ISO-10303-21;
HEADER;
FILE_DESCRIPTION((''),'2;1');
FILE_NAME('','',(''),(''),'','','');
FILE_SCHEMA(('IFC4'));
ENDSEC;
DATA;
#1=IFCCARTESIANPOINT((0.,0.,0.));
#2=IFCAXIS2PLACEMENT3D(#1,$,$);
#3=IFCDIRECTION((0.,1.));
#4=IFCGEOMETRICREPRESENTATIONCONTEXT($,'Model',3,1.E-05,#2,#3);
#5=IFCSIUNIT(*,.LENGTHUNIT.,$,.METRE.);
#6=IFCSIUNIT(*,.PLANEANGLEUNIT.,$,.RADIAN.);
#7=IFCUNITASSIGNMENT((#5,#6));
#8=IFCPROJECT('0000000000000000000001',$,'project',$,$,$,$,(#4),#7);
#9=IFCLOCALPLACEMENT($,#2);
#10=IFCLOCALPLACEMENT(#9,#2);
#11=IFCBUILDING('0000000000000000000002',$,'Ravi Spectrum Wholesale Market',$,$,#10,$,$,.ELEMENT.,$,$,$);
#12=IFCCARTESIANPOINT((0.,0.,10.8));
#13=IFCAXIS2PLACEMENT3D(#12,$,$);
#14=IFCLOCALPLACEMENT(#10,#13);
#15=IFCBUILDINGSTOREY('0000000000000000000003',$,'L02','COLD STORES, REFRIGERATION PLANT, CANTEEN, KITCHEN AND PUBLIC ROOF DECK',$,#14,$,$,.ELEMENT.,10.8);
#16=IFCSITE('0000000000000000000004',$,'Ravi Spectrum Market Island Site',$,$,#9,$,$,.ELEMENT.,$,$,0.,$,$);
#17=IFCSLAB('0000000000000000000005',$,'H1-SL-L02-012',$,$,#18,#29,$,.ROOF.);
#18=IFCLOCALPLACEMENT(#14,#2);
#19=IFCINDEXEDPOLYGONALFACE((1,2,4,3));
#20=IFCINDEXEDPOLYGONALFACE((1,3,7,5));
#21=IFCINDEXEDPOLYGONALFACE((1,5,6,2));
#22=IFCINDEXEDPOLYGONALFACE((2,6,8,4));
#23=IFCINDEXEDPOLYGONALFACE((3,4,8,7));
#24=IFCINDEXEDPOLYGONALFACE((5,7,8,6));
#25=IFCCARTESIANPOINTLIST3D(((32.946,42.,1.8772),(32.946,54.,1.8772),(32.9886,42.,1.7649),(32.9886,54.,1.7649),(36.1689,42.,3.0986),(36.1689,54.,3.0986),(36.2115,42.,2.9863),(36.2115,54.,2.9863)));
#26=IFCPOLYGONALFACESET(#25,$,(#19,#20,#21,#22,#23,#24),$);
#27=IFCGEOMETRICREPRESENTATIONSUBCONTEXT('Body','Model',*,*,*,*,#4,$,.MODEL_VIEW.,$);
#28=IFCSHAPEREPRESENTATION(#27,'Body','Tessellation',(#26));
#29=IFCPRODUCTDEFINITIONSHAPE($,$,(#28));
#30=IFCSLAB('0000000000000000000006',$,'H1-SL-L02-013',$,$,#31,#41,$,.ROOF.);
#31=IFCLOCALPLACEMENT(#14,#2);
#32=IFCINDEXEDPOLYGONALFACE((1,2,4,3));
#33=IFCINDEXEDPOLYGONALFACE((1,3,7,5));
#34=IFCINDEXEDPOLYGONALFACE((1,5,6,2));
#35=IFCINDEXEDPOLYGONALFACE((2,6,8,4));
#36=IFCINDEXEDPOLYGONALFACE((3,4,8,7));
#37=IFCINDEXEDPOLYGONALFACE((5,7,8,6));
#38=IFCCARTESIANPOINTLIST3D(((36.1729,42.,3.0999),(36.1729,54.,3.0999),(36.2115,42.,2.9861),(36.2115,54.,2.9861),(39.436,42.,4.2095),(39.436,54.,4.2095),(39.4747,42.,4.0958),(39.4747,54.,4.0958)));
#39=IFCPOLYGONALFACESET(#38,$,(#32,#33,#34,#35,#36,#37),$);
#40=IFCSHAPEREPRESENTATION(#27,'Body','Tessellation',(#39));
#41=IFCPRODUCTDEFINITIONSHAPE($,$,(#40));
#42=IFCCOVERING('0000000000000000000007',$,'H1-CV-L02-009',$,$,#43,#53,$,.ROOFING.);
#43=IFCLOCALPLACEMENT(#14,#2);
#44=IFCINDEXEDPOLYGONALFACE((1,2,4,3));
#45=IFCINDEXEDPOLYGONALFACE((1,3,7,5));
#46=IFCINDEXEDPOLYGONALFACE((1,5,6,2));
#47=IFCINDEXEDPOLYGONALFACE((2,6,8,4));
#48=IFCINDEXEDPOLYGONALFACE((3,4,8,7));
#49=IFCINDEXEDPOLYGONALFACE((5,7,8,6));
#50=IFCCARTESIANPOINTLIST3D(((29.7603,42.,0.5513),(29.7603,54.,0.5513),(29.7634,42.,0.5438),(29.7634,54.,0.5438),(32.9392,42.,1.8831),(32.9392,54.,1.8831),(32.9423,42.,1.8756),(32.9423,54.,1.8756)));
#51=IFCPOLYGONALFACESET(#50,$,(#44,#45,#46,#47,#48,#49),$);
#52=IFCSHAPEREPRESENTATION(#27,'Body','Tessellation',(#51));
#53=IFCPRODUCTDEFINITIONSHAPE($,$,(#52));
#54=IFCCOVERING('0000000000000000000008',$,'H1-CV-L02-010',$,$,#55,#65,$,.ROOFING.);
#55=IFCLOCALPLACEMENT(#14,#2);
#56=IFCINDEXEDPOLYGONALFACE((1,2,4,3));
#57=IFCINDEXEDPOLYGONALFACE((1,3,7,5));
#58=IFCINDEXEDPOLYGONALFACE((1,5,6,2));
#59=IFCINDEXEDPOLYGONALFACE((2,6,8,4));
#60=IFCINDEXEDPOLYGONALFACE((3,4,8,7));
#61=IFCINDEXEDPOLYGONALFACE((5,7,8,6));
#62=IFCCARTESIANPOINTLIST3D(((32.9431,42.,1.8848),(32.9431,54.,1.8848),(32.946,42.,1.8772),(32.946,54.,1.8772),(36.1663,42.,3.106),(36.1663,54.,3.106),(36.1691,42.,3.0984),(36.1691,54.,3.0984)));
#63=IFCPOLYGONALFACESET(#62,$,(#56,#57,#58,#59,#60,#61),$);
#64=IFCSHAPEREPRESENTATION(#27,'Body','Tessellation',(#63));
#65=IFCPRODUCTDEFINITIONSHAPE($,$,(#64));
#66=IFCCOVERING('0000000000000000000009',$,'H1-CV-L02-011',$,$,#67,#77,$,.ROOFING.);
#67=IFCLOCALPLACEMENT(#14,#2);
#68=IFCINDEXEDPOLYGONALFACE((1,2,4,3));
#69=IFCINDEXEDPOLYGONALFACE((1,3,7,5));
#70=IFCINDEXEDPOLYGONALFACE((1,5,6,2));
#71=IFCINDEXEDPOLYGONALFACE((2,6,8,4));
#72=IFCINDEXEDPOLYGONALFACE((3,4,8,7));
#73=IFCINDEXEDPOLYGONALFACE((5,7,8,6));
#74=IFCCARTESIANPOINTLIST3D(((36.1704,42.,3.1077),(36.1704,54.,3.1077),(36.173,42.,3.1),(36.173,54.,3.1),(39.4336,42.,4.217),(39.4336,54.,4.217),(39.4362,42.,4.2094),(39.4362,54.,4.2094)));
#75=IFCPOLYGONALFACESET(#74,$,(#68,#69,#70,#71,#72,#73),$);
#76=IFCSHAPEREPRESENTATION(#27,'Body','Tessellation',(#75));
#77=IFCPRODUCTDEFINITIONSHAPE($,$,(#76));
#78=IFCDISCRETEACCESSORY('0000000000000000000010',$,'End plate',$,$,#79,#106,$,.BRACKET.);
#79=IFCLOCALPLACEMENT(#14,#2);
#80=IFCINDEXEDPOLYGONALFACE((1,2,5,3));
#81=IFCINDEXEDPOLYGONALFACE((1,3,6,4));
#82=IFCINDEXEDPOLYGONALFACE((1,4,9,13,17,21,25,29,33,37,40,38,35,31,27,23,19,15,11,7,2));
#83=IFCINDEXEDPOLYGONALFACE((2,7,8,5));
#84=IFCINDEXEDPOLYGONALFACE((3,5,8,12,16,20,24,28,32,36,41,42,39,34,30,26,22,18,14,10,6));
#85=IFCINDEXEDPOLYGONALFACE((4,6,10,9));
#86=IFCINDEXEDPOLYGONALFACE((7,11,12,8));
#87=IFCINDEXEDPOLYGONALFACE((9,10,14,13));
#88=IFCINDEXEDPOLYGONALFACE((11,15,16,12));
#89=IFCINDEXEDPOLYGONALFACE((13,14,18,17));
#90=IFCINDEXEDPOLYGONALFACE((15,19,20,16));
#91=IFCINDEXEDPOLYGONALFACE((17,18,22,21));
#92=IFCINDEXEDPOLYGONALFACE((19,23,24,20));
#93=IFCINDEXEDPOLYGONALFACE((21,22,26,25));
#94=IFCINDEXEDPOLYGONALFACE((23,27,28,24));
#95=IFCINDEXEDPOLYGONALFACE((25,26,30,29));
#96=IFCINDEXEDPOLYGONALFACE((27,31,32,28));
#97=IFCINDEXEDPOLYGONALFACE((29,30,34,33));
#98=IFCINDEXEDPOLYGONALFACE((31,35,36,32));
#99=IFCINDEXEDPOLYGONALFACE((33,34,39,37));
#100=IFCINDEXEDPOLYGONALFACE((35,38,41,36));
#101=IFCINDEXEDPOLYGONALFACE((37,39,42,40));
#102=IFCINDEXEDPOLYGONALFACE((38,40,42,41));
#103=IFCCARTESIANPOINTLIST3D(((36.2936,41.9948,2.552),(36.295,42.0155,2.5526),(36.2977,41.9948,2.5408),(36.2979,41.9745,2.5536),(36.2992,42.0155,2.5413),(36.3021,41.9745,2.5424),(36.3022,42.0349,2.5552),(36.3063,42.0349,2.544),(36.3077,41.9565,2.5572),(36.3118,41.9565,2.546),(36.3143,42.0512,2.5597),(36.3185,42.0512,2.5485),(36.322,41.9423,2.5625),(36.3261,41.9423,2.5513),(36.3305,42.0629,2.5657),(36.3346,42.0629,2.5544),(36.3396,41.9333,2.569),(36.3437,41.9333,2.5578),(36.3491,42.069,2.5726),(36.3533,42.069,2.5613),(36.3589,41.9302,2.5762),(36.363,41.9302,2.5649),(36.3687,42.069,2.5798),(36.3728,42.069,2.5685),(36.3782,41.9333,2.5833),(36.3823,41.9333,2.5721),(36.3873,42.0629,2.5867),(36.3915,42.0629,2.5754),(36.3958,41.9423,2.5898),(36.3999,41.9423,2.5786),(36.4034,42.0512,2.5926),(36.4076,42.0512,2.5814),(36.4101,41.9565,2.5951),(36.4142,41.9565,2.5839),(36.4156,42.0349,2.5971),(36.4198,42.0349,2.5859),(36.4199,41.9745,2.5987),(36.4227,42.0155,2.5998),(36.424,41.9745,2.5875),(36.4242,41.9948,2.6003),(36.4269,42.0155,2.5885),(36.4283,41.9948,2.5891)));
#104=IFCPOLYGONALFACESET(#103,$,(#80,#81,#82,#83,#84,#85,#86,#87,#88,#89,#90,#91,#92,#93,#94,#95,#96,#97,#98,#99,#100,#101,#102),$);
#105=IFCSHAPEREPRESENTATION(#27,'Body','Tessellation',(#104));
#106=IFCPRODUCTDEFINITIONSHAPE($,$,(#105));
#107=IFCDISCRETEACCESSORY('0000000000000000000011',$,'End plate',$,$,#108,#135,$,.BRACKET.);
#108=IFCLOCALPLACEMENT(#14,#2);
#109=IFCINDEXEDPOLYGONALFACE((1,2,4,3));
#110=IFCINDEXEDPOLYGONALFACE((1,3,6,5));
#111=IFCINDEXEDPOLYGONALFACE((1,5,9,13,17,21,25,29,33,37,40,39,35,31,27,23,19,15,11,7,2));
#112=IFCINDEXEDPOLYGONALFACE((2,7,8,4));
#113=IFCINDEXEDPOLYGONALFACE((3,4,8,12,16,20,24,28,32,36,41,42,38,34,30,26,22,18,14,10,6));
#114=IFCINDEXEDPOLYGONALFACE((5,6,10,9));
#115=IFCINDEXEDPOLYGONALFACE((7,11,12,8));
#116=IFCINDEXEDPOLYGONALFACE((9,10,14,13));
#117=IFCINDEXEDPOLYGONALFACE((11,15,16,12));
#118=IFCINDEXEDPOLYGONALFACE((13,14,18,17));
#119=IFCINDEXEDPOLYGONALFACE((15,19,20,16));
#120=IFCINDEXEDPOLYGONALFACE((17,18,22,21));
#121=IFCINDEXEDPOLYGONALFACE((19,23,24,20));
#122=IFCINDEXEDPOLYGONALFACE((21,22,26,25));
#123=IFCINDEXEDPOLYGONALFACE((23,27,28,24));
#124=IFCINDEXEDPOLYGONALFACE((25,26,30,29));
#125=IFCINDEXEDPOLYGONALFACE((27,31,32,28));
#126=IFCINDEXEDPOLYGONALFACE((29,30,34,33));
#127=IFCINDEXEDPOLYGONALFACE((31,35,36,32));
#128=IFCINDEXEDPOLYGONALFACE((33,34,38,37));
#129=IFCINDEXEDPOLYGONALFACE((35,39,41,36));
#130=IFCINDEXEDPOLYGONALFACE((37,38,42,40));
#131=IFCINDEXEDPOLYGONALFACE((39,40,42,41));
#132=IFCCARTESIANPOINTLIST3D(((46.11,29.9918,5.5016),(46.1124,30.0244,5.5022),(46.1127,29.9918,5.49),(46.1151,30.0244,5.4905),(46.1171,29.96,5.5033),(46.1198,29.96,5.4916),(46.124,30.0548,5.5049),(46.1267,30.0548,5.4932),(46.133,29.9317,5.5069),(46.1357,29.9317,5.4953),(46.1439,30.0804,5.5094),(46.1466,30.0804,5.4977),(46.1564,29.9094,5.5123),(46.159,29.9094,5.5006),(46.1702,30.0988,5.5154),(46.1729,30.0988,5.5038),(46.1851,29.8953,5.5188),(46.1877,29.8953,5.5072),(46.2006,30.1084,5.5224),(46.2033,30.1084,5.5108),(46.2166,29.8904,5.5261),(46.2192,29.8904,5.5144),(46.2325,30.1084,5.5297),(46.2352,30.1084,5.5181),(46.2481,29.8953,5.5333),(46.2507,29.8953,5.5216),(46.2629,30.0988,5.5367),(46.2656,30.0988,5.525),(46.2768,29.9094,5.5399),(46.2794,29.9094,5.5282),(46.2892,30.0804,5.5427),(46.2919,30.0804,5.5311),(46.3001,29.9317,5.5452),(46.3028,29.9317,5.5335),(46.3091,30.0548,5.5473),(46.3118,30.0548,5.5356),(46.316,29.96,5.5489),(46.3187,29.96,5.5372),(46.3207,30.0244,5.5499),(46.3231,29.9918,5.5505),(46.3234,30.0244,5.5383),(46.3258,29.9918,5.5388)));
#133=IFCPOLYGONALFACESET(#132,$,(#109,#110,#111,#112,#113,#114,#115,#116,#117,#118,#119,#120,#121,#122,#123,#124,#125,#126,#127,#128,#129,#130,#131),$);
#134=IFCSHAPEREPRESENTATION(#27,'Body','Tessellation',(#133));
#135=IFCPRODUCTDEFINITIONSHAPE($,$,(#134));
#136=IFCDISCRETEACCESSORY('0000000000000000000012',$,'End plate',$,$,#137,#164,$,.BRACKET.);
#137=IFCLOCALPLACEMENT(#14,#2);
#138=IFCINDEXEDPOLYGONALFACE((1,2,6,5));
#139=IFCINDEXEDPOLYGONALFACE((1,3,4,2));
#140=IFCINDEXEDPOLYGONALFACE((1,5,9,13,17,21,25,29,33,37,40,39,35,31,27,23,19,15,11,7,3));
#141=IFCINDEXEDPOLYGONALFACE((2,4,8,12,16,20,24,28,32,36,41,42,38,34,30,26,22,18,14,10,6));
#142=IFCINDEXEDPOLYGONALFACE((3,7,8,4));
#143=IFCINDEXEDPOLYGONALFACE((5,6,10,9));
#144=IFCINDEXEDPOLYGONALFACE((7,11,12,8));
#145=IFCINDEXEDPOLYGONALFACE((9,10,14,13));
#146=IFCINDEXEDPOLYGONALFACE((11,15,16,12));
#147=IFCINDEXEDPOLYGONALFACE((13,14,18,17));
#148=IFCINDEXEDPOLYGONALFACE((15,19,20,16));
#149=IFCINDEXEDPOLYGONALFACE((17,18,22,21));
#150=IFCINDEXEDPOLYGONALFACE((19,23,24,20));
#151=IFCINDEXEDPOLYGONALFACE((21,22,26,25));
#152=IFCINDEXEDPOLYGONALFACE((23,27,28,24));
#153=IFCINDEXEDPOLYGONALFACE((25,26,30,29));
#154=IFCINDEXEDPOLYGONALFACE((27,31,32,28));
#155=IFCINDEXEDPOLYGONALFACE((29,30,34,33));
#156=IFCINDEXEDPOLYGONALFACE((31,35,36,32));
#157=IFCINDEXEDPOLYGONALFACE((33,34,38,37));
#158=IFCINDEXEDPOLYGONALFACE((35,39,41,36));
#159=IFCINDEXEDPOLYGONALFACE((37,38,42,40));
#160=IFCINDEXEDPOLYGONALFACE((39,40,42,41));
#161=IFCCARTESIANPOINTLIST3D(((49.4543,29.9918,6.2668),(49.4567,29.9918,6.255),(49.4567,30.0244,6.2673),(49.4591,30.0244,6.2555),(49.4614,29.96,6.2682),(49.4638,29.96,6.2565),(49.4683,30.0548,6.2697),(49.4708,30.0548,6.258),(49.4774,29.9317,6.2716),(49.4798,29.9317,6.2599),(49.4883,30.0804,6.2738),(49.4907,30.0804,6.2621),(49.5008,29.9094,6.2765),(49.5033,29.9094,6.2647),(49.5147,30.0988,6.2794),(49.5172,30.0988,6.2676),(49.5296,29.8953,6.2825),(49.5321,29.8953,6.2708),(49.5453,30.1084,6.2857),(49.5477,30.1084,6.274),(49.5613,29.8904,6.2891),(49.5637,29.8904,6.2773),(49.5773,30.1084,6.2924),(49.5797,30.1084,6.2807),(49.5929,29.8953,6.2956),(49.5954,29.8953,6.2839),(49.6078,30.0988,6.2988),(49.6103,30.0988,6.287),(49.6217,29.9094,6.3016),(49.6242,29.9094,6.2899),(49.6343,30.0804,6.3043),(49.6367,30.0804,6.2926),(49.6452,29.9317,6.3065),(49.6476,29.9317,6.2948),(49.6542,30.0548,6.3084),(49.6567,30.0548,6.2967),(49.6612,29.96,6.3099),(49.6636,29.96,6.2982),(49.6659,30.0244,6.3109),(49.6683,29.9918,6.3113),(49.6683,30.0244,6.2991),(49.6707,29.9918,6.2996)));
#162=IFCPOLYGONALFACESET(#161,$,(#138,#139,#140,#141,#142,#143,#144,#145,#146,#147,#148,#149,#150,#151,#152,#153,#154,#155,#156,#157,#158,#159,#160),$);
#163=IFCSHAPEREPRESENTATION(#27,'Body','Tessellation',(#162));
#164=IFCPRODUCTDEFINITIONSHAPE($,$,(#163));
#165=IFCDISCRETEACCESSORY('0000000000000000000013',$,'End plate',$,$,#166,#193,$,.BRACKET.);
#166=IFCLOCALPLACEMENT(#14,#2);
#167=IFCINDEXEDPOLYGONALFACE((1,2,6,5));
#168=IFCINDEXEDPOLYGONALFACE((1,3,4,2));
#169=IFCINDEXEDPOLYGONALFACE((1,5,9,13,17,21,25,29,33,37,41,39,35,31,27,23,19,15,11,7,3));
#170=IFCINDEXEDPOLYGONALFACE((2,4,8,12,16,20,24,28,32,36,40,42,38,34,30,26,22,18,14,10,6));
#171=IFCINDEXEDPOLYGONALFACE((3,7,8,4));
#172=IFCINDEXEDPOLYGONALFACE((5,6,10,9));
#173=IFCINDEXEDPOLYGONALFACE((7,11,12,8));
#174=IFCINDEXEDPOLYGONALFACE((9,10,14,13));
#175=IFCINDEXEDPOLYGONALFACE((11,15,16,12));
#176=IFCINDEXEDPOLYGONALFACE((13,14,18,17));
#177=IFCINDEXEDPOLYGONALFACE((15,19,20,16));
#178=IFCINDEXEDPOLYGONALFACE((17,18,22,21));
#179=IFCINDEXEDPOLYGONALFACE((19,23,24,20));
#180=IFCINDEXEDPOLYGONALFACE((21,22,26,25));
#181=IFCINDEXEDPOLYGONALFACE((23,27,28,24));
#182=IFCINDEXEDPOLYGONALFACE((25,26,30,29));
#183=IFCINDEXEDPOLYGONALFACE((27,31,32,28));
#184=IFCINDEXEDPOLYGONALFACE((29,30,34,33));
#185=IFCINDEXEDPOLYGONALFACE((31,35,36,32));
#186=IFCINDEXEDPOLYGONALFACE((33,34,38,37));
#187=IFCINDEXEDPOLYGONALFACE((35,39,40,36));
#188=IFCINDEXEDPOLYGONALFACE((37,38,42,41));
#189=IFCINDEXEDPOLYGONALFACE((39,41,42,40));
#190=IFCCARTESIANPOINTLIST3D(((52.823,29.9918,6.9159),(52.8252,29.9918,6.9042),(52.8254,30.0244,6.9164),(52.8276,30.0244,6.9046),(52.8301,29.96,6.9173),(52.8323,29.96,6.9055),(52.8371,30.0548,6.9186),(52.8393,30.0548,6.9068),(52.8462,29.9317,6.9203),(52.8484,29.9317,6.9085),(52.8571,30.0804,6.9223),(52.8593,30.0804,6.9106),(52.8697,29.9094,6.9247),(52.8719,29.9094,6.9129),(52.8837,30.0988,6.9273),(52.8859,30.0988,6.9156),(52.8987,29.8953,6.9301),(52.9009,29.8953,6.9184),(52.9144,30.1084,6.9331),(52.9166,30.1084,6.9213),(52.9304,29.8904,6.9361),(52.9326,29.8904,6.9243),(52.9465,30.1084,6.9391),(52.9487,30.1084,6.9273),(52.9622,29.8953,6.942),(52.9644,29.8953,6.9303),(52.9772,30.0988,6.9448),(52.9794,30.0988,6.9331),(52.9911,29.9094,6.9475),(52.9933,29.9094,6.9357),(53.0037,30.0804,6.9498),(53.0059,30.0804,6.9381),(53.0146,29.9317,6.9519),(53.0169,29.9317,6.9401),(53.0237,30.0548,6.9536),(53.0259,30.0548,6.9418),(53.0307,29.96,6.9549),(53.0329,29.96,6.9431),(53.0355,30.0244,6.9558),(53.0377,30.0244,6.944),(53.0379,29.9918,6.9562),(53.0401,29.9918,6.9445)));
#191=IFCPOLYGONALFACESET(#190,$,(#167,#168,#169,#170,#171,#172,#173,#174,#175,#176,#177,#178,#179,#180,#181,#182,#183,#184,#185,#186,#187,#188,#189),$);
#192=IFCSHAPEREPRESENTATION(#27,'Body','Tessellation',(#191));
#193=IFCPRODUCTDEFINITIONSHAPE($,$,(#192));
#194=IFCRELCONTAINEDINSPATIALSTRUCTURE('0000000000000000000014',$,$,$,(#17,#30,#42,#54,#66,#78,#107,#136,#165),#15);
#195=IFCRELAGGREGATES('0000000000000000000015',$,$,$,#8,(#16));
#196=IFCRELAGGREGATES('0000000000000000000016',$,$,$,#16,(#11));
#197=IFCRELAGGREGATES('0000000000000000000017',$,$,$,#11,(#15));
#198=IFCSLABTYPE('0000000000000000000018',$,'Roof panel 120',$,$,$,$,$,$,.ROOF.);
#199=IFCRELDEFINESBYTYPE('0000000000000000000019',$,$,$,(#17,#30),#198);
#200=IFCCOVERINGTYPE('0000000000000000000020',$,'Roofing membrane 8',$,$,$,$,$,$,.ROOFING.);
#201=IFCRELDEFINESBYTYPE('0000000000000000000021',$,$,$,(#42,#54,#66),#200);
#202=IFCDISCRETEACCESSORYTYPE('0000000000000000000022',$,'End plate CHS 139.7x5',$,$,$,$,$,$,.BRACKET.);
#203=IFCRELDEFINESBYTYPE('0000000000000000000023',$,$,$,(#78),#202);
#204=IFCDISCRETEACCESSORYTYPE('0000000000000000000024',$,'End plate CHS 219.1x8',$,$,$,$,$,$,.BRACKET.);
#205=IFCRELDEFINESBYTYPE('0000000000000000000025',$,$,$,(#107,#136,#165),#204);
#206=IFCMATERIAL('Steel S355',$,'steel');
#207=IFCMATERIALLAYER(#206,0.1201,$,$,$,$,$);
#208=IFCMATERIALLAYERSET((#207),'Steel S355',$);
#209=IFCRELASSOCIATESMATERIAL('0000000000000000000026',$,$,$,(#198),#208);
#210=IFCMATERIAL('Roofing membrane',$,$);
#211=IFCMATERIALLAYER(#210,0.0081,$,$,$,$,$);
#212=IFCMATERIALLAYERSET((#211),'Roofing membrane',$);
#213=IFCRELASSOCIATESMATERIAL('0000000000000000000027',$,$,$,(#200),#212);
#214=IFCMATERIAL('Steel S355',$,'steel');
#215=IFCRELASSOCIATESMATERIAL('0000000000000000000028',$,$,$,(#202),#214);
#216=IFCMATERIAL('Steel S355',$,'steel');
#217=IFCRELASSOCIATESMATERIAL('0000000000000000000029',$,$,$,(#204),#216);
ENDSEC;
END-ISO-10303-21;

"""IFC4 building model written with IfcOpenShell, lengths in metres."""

from ifc_helpers import new_model, si_unit, direction, frame, origin, origin_2d, place, context, subcontext, project, spatial, polyline, circle, outline, extrude, material, layer, layer_set, material_profile, profile_set, type_object, element, save


model = new_model("IFC4")

# Units and contexts
model_context = context("Model", 3, precision=1e-05, world=origin(), true_north=direction((0.0, 1.0)))
body_context = subcontext(model_context, "Body", "Model", "MODEL_VIEW")
ifc_project = project(units=[si_unit("LENGTHUNIT", "METRE"), si_unit("PLANEANGLEUNIT", "RADIAN")], contexts=[model_context])

# Site, building, storey
site_placement = place(None, origin())
site = spatial("IfcSite", under=ifc_project, at=site_placement, Name="Ravi Spectrum Market Island Site", CompositionType="ELEMENT", RefElevation=0.0)
building_placement = place(site_placement, origin())
building = spatial("IfcBuilding", under=site, at=building_placement, Name="Ravi Spectrum Wholesale Market", CompositionType="ELEMENT")
storey_placement = place(building_placement, frame((0.0, 0.0, 10.8)))
storey = spatial("IfcBuildingStorey", under=building, at=storey_placement, Name="L02", Description="COLD STORES, REFRIGERATION PLANT, CANTEEN, KITCHEN AND PUBLIC ROOF DECK", CompositionType="ELEMENT", Elevation=10.8)

# Slabs
ifc_material_1 = material(Name="Steel S355", Category="steel")
ifc_layer_1 = layer(ifc_material_1, 0.1201)
ifc_layer_set_1 = layer_set([ifc_layer_1], Name="Steel S355")
slab_type = type_object("IfcSlabType", Name="Roof panel 120", PredefinedType="ROOF", material=ifc_layer_set_1)
slab_1_placement = place(storey_placement, frame((32.946, 42.0, 1.8772), z_axis=(-0.354389, 0.0, 0.935098), x_axis=(0.935098, 0.0, 0.354389)))
element("IfcSlab", 1, at=slab_1_placement, inside=storey, type_object=slab_type, Name="H1-SL-L02-012", PredefinedType="ROOF", context=body_context, shape_type="SweptSolid", body=[
    extrude(outline(polyline([(0.0, 0.0), (3.4466, 0.0), (3.4466, 12.0), (0.0, 12.0), (0.0, 0.0)])), origin(), (0.0, 0.0, -1.0), 0.1201),
])
slab_2_placement = place(storey_placement, frame((36.1729, 42.0, 3.0999), z_axis=(-0.321938, 0.0, 0.946761), x_axis=(0.946761, 0.0, 0.321938)))
element("IfcSlab", 2, at=slab_2_placement, inside=storey, type_object=slab_type, Name="H1-SL-L02-013", PredefinedType="ROOF", context=body_context, shape_type="SweptSolid", body=[
    extrude(outline(polyline([(0.0, 0.0), (3.4467, 0.0), (3.4467, 12.0), (0.0, 12.0), (0.0, 0.0)])), origin(), (0.0, 0.0, -1.0), 0.1201),
])

# Coverings
ifc_material_2 = material(Name="Roofing membrane")
ifc_layer_2 = layer(ifc_material_2, 0.0081)
ifc_layer_set_2 = layer_set([ifc_layer_2], Name="Roofing membrane")
covering_type = type_object("IfcCoveringType", Name="Roofing membrane 8", PredefinedType="ROOFING", material=ifc_layer_set_2)
covering_1_placement = place(storey_placement, frame((29.7603, 42.0, 0.5513), z_axis=(-0.3864, 0.0, 0.922331), x_axis=(0.922331, 0.0, 0.3864)))
element("IfcCovering", 3, at=covering_1_placement, inside=storey, type_object=covering_type, Name="H1-CV-L02-009", PredefinedType="ROOFING", context=body_context, shape_type="SweptSolid", body=[
    extrude(outline(polyline([(0.0, 0.0), (3.4467, 0.0), (3.4467, 12.0), (0.0, 12.0), (0.0, 0.0)])), origin(), (0.0, 0.0, -1.0), 0.0081),
])
covering_2_placement = place(storey_placement, frame((32.9431, 42.0, 1.8848), z_axis=(-0.354304, 0.0, 0.93513), x_axis=(0.93513, 0.0, 0.354304)))
element("IfcCovering", 4, at=covering_2_placement, inside=storey, type_object=covering_type, Name="H1-CV-L02-010", PredefinedType="ROOFING", context=body_context, shape_type="SweptSolid", body=[
    extrude(outline(polyline([(0.0, 0.0), (3.4467, 0.0), (3.4467, 12.0), (0.0, 12.0), (0.0, 0.0)])), origin(), (0.0, 0.0, -1.0), 0.0081),
])
covering_3_placement = place(storey_placement, frame((36.1704, 42.0, 3.1077), z_axis=(-0.321875, 0.0, 0.946782), x_axis=(0.946782, 0.0, 0.321875)))
element("IfcCovering", 5, at=covering_3_placement, inside=storey, type_object=covering_type, Name="H1-CV-L02-011", PredefinedType="ROOFING", context=body_context, shape_type="SweptSolid", body=[
    extrude(outline(polyline([(0.0, 0.0), (3.4466, 0.0), (3.4466, 12.0), (0.0, 12.0), (0.0, 0.0)])), origin(), (0.0, 0.0, -1.0), 0.0081),
])

# Discrete accessories
ifc_material_3 = material(Name="Steel S355", Category="steel")
ifc_material_profile_1 = material_profile(ifc_material_3, circle(Radius=0.0698, at=origin_2d()))
ifc_profile_set_1 = profile_set([ifc_material_profile_1], Name="Steel S355")
discrete_accessory_type_1 = type_object("IfcDiscreteAccessoryType", Name="End plate CHS 139.7x5", PredefinedType="BRACKET", material=ifc_profile_set_1)
discrete_accessory_1_placement = place(storey_placement, frame((36.363, 42.0, 2.5649), z_axis=(-0.34665, 0.0, 0.937994), x_axis=(0.0, -1.0, 0.0)))
element("IfcDiscreteAccessory", 6, at=discrete_accessory_1_placement, inside=storey, type_object=discrete_accessory_type_1, Name="End plate", PredefinedType="BRACKET", context=body_context, shape_type="SweptSolid", body=[
    extrude(circle(Radius=0.0698, at=origin_2d()), origin(), (0.0, 0.0, 1.0), 0.012),
])
ifc_material_4 = material(Name="Steel S355", Category="steel")
ifc_material_profile_2 = material_profile(ifc_material_4, circle(Radius=0.1096, at=origin_2d()))
ifc_profile_set_2 = profile_set([ifc_material_profile_2], Name="Steel S355")
discrete_accessory_type_2 = type_object("IfcDiscreteAccessoryType", Name="End plate CHS 219.1x8", PredefinedType="BRACKET", material=ifc_profile_set_2)
for number, where, z_axis, x_axis, name in (
    (7, (46.2192, 30.0, 5.5144), (-0.223376, 0.0, 0.974732), (0.0, -1.0, 0.0), "End plate"),
    (8, (49.5637, 30.0, 6.2773), (-0.203954, 0.0, 0.97898), (0.0, -1.0, 0.0), "End plate"),
    (9, (52.9326, 30.0, 6.9243), (-0.184289, 0.0, 0.982872), (0.0, -1.0, 0.0), "End plate"),
):
    element("IfcDiscreteAccessory", number, at=place(storey_placement, frame(where, z_axis=z_axis, x_axis=x_axis)), inside=storey, type_object=discrete_accessory_type_2, Name=name, PredefinedType="BRACKET", context=body_context, shape_type="SweptSolid", body=[
        extrude(circle(Radius=0.1096, at=origin_2d()), origin(), (0.0, 0.0, 1.0), 0.012),
    ])

save(model, "model.ifc")
